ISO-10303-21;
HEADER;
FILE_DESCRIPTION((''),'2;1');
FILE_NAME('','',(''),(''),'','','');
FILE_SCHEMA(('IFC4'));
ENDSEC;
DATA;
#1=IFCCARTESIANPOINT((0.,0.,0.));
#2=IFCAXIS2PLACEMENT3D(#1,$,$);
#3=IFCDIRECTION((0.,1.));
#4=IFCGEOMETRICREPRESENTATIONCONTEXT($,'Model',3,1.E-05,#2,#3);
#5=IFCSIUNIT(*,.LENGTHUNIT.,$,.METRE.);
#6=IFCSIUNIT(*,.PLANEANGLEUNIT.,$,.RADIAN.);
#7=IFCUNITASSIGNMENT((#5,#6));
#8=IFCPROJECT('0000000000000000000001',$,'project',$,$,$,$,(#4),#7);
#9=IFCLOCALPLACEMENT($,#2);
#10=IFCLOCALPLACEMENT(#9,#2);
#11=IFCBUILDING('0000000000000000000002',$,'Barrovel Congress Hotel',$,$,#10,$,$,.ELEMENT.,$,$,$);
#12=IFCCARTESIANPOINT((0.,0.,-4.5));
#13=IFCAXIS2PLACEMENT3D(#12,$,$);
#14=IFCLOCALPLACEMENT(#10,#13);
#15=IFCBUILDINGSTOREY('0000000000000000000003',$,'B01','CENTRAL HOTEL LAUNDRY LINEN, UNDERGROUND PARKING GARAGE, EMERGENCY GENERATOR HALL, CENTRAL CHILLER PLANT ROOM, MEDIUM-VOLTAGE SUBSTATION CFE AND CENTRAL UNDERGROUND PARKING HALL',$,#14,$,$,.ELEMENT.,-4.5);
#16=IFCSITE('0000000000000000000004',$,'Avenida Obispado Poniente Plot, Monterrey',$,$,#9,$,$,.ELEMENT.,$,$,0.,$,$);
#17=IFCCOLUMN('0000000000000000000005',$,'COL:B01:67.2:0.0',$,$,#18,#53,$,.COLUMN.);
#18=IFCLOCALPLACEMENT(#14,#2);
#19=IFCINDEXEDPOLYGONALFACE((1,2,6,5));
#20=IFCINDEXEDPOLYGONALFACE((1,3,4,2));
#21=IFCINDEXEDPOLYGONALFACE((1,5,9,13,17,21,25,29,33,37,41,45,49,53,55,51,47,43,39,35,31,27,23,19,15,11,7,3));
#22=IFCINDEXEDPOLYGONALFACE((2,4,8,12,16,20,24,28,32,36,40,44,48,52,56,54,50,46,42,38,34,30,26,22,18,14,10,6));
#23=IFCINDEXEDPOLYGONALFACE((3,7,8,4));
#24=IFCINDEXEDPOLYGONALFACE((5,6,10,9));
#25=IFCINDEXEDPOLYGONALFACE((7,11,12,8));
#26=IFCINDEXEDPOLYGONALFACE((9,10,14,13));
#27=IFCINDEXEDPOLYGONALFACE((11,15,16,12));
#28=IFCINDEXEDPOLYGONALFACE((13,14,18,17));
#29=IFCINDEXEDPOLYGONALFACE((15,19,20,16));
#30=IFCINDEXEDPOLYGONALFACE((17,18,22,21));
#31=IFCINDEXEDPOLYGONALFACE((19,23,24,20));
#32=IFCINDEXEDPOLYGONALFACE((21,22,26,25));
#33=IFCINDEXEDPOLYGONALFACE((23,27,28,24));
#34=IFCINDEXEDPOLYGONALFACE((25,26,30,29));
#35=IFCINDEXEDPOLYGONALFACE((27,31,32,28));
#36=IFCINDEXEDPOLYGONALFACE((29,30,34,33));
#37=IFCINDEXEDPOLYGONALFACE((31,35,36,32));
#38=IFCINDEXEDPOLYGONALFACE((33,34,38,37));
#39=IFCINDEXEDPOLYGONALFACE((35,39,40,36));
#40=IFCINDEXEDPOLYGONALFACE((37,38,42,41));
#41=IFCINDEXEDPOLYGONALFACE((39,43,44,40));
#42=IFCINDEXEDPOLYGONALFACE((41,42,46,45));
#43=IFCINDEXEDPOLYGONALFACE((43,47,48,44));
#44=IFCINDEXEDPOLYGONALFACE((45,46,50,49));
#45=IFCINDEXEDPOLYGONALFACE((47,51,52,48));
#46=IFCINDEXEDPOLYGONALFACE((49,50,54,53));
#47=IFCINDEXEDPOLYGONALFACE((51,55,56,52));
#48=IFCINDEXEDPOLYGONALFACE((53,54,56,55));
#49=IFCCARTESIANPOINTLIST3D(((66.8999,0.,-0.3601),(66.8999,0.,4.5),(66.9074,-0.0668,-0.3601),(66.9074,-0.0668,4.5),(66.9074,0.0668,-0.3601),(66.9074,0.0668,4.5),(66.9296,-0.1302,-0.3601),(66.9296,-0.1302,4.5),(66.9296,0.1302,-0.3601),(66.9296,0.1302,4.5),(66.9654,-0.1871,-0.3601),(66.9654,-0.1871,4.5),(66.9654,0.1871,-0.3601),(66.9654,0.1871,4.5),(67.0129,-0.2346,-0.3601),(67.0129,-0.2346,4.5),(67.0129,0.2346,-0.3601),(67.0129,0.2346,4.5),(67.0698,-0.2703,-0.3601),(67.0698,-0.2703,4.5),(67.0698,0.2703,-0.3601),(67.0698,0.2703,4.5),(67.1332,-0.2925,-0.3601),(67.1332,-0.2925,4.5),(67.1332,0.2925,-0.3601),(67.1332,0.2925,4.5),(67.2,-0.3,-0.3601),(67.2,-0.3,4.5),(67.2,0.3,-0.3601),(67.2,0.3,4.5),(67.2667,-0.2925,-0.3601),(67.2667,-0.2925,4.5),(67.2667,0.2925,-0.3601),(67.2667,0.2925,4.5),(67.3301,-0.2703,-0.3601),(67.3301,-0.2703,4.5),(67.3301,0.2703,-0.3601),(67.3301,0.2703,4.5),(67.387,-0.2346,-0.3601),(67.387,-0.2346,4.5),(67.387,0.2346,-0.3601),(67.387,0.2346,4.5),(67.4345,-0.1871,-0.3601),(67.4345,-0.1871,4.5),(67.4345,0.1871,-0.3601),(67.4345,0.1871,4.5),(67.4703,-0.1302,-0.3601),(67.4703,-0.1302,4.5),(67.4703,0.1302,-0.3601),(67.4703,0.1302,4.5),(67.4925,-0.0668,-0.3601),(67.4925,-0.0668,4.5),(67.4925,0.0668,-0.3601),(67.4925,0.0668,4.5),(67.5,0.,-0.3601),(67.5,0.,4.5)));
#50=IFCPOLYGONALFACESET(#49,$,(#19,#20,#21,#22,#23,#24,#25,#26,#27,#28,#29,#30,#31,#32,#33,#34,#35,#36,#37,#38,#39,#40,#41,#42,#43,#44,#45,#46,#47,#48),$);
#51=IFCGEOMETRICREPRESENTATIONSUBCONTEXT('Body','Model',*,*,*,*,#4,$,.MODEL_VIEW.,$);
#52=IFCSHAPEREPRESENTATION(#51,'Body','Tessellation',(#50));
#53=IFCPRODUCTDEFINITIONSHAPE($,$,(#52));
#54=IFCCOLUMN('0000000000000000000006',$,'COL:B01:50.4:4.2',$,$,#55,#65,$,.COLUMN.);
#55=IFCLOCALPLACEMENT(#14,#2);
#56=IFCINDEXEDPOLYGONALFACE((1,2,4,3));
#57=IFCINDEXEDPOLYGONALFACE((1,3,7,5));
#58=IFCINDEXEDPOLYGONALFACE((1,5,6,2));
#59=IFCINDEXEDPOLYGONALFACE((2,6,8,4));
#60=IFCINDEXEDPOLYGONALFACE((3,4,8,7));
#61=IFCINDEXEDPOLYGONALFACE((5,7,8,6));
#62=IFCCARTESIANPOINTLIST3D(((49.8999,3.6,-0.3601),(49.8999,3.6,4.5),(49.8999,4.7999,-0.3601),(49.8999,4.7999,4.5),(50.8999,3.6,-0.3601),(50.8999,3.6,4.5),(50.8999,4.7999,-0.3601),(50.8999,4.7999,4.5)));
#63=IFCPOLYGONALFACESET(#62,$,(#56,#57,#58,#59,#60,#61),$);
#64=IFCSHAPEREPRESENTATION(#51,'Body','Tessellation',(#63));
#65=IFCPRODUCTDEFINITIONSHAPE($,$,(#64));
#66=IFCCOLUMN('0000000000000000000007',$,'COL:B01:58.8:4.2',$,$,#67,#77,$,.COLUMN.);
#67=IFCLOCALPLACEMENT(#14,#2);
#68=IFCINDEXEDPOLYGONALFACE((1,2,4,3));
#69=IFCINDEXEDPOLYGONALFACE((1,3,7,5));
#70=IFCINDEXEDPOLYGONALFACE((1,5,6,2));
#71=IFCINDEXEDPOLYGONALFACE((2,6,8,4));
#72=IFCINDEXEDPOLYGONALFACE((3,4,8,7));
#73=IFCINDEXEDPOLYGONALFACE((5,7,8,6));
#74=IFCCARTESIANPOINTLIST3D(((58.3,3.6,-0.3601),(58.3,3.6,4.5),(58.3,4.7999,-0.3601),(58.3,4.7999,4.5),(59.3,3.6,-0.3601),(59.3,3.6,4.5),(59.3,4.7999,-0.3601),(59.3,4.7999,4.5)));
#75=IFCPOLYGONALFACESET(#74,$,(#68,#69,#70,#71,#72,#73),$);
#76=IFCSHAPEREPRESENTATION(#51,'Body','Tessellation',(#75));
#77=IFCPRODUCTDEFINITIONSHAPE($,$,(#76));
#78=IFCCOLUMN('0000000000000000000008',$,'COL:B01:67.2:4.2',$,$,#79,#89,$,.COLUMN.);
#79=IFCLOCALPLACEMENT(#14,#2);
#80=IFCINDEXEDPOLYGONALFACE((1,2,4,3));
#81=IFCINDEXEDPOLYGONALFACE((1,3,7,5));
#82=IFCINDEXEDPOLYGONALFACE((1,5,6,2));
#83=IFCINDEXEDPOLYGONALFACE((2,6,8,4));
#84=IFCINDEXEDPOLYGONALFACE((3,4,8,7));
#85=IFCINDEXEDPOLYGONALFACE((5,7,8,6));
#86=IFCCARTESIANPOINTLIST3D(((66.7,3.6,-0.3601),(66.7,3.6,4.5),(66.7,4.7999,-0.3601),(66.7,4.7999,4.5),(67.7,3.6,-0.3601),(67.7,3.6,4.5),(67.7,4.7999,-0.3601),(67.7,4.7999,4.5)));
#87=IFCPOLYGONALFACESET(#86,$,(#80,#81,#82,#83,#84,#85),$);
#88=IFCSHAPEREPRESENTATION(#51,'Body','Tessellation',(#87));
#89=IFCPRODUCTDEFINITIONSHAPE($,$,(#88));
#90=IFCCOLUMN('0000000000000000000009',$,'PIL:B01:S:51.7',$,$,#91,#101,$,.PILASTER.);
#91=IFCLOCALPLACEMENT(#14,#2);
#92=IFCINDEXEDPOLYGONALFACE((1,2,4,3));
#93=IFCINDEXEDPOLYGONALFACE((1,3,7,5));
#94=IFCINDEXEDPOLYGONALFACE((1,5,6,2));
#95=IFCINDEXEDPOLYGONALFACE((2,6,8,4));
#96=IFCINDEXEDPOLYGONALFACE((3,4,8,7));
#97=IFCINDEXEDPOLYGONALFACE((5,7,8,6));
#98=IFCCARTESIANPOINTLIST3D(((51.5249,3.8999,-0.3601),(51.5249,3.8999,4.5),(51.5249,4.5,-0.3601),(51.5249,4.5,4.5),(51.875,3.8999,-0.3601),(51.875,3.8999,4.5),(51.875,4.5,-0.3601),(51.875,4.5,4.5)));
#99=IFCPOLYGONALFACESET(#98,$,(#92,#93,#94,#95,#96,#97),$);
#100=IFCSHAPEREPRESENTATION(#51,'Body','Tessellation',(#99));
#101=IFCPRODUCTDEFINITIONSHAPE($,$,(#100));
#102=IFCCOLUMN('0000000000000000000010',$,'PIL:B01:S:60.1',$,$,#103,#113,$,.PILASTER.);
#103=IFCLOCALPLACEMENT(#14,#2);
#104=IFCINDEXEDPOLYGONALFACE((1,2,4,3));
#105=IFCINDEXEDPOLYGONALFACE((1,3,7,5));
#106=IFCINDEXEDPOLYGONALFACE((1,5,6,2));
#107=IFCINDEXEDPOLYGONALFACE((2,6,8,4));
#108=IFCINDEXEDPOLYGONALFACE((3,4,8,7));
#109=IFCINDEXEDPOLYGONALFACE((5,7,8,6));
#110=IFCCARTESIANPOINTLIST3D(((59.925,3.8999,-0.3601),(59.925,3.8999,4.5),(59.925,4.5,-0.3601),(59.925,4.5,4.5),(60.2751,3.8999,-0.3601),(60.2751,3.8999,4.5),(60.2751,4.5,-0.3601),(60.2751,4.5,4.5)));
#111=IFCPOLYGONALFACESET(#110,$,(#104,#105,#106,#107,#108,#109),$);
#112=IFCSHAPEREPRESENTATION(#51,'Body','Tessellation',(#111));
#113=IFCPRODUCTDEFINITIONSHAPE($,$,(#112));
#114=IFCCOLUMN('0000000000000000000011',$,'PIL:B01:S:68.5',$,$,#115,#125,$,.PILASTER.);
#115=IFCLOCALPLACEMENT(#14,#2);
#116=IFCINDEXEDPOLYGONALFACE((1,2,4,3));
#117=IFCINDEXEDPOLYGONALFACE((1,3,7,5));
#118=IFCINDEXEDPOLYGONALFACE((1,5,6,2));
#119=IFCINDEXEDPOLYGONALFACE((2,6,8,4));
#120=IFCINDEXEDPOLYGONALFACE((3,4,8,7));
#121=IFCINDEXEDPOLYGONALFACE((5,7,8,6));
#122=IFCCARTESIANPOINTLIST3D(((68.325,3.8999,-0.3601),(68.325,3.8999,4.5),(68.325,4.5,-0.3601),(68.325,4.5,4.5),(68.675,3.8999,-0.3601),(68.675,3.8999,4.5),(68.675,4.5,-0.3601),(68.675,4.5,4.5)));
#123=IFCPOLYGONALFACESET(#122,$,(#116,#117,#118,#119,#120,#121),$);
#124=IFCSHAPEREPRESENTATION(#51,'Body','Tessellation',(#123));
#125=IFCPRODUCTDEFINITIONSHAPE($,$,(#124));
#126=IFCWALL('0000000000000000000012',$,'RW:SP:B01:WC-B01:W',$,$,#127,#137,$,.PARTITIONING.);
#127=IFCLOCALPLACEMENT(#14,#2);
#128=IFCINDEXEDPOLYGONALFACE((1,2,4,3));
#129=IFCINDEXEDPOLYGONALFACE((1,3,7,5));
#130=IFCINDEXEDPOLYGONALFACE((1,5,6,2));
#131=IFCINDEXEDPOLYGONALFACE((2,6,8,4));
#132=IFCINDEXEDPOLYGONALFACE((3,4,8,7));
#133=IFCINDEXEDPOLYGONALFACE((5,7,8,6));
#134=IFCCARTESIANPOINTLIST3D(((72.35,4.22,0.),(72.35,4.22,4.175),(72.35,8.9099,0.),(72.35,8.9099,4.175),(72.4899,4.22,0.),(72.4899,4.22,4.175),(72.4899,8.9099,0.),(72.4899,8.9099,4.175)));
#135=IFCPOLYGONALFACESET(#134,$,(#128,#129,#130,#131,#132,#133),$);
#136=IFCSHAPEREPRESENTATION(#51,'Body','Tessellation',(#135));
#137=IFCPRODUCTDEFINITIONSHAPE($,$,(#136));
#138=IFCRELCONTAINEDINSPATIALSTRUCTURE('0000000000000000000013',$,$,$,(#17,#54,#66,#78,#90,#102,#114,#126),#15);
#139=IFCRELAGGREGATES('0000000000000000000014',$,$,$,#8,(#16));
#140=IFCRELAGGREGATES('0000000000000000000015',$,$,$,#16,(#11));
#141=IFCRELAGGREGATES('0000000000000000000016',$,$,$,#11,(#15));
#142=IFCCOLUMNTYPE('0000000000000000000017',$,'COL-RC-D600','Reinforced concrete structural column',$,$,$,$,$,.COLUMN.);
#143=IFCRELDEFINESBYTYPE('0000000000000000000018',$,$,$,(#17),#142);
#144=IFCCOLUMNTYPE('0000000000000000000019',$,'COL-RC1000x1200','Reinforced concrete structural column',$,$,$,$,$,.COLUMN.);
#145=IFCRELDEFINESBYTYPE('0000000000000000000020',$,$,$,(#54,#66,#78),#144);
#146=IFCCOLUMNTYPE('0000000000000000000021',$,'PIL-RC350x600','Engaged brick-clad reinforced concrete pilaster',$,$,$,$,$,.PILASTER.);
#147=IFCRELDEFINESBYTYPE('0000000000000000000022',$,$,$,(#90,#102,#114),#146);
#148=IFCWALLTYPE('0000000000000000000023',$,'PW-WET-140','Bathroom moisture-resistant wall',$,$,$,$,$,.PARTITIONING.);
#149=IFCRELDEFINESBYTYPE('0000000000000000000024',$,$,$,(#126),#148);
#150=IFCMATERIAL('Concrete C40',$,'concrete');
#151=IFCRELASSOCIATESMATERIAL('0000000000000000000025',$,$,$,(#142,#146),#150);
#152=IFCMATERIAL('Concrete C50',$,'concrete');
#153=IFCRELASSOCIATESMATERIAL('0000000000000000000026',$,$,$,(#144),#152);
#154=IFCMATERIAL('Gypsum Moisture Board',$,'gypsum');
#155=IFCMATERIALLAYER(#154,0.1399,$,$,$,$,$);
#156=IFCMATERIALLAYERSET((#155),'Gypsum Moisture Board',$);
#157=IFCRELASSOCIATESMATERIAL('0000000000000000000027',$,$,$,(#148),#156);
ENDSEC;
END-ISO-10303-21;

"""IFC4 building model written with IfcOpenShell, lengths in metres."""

from ifc_helpers import new_model, si_unit, direction, frame, frame_2d, origin, origin_2d, place, context, subcontext, project, spatial, rectangle, circle, extrude, material, layer, layer_set, material_profile, profile_set, type_object, element, save


model = new_model("IFC4")

# Units and contexts
model_context = context("Model", 3, precision=1e-05, world=origin(), true_north=direction((0.0, 1.0)))
body_context = subcontext(model_context, "Body", "Model", "MODEL_VIEW")
ifc_project = project(units=[si_unit("LENGTHUNIT", "METRE"), si_unit("PLANEANGLEUNIT", "RADIAN")], contexts=[model_context])

# Site, building, storey
site_placement = place(None, origin())
site = spatial("IfcSite", under=ifc_project, at=site_placement, Name="Avenida Obispado Poniente Plot, Monterrey", CompositionType="ELEMENT", RefElevation=0.0)
building_placement = place(site_placement, origin())
building = spatial("IfcBuilding", under=site, at=building_placement, Name="Barrovel Congress Hotel", CompositionType="ELEMENT")
storey_placement = place(building_placement, frame((0.0, 0.0, -4.5)))
storey = spatial("IfcBuildingStorey", under=building, at=storey_placement, Name="B01", Description="CENTRAL HOTEL LAUNDRY LINEN, UNDERGROUND PARKING GARAGE, EMERGENCY GENERATOR HALL, CENTRAL CHILLER PLANT ROOM, MEDIUM-VOLTAGE SUBSTATION CFE AND CENTRAL UNDERGROUND PARKING HALL", CompositionType="ELEMENT", Elevation=-4.5)

# Shared definitions
ifc_material_1 = material(Name="Concrete C40", Category="concrete")

# Columns
ifc_material_profile_1 = material_profile(ifc_material_1, circle(Radius=0.3, at=origin_2d()), Name="RC-D600")
ifc_profile_set_1 = profile_set([ifc_material_profile_1], Name="Concrete C40")
column_type_1 = type_object("IfcColumnType", Name="COL-RC-D600", Description="Reinforced concrete structural column", PredefinedType="COLUMN", material=ifc_profile_set_1)
for number, where, z_axis, x_axis, name in (
    (1, (67.2, 0.0, -0.3601), (0.0, 0.0, 1.0), (1.0, 0.0, 0.0), "COL:B01:67.2:0.0"),
):
    element("IfcColumn", number, at=place(storey_placement, frame(where, z_axis=z_axis, x_axis=x_axis)), inside=storey, type_object=column_type_1, Name=name, PredefinedType="COLUMN", context=body_context, shape_type="SweptSolid", body=[
        extrude(circle(Radius=0.3, at=origin_2d()), origin(), (0.0, 0.0, 1.0), 4.8601),
    ])
ifc_material_2 = material(Name="Concrete C50", Category="concrete")
ifc_material_profile_2 = material_profile(ifc_material_2, rectangle(XDim=1.0, YDim=1.2, at=origin_2d()), Name="RC1000x1200")
ifc_profile_set_2 = profile_set([ifc_material_profile_2], Name="Concrete C50")
column_type_2 = type_object("IfcColumnType", Name="COL-RC1000x1200", Description="Reinforced concrete structural column", PredefinedType="COLUMN", material=ifc_profile_set_2)
for number, where, z_axis, x_axis, name in (
    (2, (50.3999, 4.2, -0.3601), (0.0, 0.0, 1.0), (1.0, 0.0, 0.0), "COL:B01:50.4:4.2"),
    (3, (58.8, 4.2, -0.3601), (0.0, 0.0, 1.0), (1.0, 0.0, 0.0), "COL:B01:58.8:4.2"),
    (4, (67.2, 4.2, -0.3601), (0.0, 0.0, 1.0), (1.0, 0.0, 0.0), "COL:B01:67.2:4.2"),
):
    element("IfcColumn", number, at=place(storey_placement, frame(where, z_axis=z_axis, x_axis=x_axis)), inside=storey, type_object=column_type_2, Name=name, PredefinedType="COLUMN", context=body_context, shape_type="SweptSolid", body=[
        extrude(rectangle(XDim=1.0, YDim=1.2, at=origin_2d()), origin(), (0.0, 0.0, 1.0), 4.8601),
    ])
ifc_material_profile_3 = material_profile(ifc_material_1, rectangle(XDim=0.3501, YDim=0.6001, at=origin_2d()), Name="RC350x600")
ifc_profile_set_3 = profile_set([ifc_material_profile_3], Name="Concrete C40")
column_type_3 = type_object("IfcColumnType", Name="PIL-RC350x600", Description="Engaged brick-clad reinforced concrete pilaster", PredefinedType="PILASTER", material=ifc_profile_set_3)
for number, where, z_axis, x_axis, name in (
    (5, (51.7, 4.2, -0.3601), (0.0, 0.0, 1.0), (1.0, 0.0, 0.0), "PIL:B01:S:51.7"),
    (6, (60.1001, 4.2, -0.3601), (0.0, 0.0, 1.0), (1.0, 0.0, 0.0), "PIL:B01:S:60.1"),
    (7, (68.5, 4.2, -0.3601), (0.0, 0.0, 1.0), (1.0, 0.0, 0.0), "PIL:B01:S:68.5"),
):
    element("IfcColumn", number, at=place(storey_placement, frame(where, z_axis=z_axis, x_axis=x_axis)), inside=storey, type_object=column_type_3, Name=name, PredefinedType="PILASTER", context=body_context, shape_type="SweptSolid", body=[
        extrude(rectangle(XDim=0.3501, YDim=0.6001, at=origin_2d()), origin(), (0.0, 0.0, 1.0), 4.8601),
    ])

# Wall
ifc_material_3 = material(Name="Gypsum Moisture Board", Category="gypsum")
ifc_layer = layer(ifc_material_3, 0.1399)
ifc_layer_set = layer_set([ifc_layer], Name="Gypsum Moisture Board")
wall_type = type_object("IfcWallType", Name="PW-WET-140", Description="Bathroom moisture-resistant wall", PredefinedType="PARTITIONING", material=ifc_layer_set)
wall_placement = place(storey_placement, frame((72.4199, 4.22, 0.0), z_axis=(0.0, 0.0, 1.0), x_axis=(0.0, 1.0, 0.0)))
element("IfcWall", 8, at=wall_placement, inside=storey, type_object=wall_type, Name="RW:SP:B01:WC-B01:W", PredefinedType="PARTITIONING", context=body_context, shape_type="SweptSolid", body=[
    extrude(rectangle(XDim=4.6899, YDim=0.1399, at=frame_2d((2.345, 0.0))), origin(), (0.0, 0.0, 1.0), 4.175),
])

save(model, "model.ifc")
